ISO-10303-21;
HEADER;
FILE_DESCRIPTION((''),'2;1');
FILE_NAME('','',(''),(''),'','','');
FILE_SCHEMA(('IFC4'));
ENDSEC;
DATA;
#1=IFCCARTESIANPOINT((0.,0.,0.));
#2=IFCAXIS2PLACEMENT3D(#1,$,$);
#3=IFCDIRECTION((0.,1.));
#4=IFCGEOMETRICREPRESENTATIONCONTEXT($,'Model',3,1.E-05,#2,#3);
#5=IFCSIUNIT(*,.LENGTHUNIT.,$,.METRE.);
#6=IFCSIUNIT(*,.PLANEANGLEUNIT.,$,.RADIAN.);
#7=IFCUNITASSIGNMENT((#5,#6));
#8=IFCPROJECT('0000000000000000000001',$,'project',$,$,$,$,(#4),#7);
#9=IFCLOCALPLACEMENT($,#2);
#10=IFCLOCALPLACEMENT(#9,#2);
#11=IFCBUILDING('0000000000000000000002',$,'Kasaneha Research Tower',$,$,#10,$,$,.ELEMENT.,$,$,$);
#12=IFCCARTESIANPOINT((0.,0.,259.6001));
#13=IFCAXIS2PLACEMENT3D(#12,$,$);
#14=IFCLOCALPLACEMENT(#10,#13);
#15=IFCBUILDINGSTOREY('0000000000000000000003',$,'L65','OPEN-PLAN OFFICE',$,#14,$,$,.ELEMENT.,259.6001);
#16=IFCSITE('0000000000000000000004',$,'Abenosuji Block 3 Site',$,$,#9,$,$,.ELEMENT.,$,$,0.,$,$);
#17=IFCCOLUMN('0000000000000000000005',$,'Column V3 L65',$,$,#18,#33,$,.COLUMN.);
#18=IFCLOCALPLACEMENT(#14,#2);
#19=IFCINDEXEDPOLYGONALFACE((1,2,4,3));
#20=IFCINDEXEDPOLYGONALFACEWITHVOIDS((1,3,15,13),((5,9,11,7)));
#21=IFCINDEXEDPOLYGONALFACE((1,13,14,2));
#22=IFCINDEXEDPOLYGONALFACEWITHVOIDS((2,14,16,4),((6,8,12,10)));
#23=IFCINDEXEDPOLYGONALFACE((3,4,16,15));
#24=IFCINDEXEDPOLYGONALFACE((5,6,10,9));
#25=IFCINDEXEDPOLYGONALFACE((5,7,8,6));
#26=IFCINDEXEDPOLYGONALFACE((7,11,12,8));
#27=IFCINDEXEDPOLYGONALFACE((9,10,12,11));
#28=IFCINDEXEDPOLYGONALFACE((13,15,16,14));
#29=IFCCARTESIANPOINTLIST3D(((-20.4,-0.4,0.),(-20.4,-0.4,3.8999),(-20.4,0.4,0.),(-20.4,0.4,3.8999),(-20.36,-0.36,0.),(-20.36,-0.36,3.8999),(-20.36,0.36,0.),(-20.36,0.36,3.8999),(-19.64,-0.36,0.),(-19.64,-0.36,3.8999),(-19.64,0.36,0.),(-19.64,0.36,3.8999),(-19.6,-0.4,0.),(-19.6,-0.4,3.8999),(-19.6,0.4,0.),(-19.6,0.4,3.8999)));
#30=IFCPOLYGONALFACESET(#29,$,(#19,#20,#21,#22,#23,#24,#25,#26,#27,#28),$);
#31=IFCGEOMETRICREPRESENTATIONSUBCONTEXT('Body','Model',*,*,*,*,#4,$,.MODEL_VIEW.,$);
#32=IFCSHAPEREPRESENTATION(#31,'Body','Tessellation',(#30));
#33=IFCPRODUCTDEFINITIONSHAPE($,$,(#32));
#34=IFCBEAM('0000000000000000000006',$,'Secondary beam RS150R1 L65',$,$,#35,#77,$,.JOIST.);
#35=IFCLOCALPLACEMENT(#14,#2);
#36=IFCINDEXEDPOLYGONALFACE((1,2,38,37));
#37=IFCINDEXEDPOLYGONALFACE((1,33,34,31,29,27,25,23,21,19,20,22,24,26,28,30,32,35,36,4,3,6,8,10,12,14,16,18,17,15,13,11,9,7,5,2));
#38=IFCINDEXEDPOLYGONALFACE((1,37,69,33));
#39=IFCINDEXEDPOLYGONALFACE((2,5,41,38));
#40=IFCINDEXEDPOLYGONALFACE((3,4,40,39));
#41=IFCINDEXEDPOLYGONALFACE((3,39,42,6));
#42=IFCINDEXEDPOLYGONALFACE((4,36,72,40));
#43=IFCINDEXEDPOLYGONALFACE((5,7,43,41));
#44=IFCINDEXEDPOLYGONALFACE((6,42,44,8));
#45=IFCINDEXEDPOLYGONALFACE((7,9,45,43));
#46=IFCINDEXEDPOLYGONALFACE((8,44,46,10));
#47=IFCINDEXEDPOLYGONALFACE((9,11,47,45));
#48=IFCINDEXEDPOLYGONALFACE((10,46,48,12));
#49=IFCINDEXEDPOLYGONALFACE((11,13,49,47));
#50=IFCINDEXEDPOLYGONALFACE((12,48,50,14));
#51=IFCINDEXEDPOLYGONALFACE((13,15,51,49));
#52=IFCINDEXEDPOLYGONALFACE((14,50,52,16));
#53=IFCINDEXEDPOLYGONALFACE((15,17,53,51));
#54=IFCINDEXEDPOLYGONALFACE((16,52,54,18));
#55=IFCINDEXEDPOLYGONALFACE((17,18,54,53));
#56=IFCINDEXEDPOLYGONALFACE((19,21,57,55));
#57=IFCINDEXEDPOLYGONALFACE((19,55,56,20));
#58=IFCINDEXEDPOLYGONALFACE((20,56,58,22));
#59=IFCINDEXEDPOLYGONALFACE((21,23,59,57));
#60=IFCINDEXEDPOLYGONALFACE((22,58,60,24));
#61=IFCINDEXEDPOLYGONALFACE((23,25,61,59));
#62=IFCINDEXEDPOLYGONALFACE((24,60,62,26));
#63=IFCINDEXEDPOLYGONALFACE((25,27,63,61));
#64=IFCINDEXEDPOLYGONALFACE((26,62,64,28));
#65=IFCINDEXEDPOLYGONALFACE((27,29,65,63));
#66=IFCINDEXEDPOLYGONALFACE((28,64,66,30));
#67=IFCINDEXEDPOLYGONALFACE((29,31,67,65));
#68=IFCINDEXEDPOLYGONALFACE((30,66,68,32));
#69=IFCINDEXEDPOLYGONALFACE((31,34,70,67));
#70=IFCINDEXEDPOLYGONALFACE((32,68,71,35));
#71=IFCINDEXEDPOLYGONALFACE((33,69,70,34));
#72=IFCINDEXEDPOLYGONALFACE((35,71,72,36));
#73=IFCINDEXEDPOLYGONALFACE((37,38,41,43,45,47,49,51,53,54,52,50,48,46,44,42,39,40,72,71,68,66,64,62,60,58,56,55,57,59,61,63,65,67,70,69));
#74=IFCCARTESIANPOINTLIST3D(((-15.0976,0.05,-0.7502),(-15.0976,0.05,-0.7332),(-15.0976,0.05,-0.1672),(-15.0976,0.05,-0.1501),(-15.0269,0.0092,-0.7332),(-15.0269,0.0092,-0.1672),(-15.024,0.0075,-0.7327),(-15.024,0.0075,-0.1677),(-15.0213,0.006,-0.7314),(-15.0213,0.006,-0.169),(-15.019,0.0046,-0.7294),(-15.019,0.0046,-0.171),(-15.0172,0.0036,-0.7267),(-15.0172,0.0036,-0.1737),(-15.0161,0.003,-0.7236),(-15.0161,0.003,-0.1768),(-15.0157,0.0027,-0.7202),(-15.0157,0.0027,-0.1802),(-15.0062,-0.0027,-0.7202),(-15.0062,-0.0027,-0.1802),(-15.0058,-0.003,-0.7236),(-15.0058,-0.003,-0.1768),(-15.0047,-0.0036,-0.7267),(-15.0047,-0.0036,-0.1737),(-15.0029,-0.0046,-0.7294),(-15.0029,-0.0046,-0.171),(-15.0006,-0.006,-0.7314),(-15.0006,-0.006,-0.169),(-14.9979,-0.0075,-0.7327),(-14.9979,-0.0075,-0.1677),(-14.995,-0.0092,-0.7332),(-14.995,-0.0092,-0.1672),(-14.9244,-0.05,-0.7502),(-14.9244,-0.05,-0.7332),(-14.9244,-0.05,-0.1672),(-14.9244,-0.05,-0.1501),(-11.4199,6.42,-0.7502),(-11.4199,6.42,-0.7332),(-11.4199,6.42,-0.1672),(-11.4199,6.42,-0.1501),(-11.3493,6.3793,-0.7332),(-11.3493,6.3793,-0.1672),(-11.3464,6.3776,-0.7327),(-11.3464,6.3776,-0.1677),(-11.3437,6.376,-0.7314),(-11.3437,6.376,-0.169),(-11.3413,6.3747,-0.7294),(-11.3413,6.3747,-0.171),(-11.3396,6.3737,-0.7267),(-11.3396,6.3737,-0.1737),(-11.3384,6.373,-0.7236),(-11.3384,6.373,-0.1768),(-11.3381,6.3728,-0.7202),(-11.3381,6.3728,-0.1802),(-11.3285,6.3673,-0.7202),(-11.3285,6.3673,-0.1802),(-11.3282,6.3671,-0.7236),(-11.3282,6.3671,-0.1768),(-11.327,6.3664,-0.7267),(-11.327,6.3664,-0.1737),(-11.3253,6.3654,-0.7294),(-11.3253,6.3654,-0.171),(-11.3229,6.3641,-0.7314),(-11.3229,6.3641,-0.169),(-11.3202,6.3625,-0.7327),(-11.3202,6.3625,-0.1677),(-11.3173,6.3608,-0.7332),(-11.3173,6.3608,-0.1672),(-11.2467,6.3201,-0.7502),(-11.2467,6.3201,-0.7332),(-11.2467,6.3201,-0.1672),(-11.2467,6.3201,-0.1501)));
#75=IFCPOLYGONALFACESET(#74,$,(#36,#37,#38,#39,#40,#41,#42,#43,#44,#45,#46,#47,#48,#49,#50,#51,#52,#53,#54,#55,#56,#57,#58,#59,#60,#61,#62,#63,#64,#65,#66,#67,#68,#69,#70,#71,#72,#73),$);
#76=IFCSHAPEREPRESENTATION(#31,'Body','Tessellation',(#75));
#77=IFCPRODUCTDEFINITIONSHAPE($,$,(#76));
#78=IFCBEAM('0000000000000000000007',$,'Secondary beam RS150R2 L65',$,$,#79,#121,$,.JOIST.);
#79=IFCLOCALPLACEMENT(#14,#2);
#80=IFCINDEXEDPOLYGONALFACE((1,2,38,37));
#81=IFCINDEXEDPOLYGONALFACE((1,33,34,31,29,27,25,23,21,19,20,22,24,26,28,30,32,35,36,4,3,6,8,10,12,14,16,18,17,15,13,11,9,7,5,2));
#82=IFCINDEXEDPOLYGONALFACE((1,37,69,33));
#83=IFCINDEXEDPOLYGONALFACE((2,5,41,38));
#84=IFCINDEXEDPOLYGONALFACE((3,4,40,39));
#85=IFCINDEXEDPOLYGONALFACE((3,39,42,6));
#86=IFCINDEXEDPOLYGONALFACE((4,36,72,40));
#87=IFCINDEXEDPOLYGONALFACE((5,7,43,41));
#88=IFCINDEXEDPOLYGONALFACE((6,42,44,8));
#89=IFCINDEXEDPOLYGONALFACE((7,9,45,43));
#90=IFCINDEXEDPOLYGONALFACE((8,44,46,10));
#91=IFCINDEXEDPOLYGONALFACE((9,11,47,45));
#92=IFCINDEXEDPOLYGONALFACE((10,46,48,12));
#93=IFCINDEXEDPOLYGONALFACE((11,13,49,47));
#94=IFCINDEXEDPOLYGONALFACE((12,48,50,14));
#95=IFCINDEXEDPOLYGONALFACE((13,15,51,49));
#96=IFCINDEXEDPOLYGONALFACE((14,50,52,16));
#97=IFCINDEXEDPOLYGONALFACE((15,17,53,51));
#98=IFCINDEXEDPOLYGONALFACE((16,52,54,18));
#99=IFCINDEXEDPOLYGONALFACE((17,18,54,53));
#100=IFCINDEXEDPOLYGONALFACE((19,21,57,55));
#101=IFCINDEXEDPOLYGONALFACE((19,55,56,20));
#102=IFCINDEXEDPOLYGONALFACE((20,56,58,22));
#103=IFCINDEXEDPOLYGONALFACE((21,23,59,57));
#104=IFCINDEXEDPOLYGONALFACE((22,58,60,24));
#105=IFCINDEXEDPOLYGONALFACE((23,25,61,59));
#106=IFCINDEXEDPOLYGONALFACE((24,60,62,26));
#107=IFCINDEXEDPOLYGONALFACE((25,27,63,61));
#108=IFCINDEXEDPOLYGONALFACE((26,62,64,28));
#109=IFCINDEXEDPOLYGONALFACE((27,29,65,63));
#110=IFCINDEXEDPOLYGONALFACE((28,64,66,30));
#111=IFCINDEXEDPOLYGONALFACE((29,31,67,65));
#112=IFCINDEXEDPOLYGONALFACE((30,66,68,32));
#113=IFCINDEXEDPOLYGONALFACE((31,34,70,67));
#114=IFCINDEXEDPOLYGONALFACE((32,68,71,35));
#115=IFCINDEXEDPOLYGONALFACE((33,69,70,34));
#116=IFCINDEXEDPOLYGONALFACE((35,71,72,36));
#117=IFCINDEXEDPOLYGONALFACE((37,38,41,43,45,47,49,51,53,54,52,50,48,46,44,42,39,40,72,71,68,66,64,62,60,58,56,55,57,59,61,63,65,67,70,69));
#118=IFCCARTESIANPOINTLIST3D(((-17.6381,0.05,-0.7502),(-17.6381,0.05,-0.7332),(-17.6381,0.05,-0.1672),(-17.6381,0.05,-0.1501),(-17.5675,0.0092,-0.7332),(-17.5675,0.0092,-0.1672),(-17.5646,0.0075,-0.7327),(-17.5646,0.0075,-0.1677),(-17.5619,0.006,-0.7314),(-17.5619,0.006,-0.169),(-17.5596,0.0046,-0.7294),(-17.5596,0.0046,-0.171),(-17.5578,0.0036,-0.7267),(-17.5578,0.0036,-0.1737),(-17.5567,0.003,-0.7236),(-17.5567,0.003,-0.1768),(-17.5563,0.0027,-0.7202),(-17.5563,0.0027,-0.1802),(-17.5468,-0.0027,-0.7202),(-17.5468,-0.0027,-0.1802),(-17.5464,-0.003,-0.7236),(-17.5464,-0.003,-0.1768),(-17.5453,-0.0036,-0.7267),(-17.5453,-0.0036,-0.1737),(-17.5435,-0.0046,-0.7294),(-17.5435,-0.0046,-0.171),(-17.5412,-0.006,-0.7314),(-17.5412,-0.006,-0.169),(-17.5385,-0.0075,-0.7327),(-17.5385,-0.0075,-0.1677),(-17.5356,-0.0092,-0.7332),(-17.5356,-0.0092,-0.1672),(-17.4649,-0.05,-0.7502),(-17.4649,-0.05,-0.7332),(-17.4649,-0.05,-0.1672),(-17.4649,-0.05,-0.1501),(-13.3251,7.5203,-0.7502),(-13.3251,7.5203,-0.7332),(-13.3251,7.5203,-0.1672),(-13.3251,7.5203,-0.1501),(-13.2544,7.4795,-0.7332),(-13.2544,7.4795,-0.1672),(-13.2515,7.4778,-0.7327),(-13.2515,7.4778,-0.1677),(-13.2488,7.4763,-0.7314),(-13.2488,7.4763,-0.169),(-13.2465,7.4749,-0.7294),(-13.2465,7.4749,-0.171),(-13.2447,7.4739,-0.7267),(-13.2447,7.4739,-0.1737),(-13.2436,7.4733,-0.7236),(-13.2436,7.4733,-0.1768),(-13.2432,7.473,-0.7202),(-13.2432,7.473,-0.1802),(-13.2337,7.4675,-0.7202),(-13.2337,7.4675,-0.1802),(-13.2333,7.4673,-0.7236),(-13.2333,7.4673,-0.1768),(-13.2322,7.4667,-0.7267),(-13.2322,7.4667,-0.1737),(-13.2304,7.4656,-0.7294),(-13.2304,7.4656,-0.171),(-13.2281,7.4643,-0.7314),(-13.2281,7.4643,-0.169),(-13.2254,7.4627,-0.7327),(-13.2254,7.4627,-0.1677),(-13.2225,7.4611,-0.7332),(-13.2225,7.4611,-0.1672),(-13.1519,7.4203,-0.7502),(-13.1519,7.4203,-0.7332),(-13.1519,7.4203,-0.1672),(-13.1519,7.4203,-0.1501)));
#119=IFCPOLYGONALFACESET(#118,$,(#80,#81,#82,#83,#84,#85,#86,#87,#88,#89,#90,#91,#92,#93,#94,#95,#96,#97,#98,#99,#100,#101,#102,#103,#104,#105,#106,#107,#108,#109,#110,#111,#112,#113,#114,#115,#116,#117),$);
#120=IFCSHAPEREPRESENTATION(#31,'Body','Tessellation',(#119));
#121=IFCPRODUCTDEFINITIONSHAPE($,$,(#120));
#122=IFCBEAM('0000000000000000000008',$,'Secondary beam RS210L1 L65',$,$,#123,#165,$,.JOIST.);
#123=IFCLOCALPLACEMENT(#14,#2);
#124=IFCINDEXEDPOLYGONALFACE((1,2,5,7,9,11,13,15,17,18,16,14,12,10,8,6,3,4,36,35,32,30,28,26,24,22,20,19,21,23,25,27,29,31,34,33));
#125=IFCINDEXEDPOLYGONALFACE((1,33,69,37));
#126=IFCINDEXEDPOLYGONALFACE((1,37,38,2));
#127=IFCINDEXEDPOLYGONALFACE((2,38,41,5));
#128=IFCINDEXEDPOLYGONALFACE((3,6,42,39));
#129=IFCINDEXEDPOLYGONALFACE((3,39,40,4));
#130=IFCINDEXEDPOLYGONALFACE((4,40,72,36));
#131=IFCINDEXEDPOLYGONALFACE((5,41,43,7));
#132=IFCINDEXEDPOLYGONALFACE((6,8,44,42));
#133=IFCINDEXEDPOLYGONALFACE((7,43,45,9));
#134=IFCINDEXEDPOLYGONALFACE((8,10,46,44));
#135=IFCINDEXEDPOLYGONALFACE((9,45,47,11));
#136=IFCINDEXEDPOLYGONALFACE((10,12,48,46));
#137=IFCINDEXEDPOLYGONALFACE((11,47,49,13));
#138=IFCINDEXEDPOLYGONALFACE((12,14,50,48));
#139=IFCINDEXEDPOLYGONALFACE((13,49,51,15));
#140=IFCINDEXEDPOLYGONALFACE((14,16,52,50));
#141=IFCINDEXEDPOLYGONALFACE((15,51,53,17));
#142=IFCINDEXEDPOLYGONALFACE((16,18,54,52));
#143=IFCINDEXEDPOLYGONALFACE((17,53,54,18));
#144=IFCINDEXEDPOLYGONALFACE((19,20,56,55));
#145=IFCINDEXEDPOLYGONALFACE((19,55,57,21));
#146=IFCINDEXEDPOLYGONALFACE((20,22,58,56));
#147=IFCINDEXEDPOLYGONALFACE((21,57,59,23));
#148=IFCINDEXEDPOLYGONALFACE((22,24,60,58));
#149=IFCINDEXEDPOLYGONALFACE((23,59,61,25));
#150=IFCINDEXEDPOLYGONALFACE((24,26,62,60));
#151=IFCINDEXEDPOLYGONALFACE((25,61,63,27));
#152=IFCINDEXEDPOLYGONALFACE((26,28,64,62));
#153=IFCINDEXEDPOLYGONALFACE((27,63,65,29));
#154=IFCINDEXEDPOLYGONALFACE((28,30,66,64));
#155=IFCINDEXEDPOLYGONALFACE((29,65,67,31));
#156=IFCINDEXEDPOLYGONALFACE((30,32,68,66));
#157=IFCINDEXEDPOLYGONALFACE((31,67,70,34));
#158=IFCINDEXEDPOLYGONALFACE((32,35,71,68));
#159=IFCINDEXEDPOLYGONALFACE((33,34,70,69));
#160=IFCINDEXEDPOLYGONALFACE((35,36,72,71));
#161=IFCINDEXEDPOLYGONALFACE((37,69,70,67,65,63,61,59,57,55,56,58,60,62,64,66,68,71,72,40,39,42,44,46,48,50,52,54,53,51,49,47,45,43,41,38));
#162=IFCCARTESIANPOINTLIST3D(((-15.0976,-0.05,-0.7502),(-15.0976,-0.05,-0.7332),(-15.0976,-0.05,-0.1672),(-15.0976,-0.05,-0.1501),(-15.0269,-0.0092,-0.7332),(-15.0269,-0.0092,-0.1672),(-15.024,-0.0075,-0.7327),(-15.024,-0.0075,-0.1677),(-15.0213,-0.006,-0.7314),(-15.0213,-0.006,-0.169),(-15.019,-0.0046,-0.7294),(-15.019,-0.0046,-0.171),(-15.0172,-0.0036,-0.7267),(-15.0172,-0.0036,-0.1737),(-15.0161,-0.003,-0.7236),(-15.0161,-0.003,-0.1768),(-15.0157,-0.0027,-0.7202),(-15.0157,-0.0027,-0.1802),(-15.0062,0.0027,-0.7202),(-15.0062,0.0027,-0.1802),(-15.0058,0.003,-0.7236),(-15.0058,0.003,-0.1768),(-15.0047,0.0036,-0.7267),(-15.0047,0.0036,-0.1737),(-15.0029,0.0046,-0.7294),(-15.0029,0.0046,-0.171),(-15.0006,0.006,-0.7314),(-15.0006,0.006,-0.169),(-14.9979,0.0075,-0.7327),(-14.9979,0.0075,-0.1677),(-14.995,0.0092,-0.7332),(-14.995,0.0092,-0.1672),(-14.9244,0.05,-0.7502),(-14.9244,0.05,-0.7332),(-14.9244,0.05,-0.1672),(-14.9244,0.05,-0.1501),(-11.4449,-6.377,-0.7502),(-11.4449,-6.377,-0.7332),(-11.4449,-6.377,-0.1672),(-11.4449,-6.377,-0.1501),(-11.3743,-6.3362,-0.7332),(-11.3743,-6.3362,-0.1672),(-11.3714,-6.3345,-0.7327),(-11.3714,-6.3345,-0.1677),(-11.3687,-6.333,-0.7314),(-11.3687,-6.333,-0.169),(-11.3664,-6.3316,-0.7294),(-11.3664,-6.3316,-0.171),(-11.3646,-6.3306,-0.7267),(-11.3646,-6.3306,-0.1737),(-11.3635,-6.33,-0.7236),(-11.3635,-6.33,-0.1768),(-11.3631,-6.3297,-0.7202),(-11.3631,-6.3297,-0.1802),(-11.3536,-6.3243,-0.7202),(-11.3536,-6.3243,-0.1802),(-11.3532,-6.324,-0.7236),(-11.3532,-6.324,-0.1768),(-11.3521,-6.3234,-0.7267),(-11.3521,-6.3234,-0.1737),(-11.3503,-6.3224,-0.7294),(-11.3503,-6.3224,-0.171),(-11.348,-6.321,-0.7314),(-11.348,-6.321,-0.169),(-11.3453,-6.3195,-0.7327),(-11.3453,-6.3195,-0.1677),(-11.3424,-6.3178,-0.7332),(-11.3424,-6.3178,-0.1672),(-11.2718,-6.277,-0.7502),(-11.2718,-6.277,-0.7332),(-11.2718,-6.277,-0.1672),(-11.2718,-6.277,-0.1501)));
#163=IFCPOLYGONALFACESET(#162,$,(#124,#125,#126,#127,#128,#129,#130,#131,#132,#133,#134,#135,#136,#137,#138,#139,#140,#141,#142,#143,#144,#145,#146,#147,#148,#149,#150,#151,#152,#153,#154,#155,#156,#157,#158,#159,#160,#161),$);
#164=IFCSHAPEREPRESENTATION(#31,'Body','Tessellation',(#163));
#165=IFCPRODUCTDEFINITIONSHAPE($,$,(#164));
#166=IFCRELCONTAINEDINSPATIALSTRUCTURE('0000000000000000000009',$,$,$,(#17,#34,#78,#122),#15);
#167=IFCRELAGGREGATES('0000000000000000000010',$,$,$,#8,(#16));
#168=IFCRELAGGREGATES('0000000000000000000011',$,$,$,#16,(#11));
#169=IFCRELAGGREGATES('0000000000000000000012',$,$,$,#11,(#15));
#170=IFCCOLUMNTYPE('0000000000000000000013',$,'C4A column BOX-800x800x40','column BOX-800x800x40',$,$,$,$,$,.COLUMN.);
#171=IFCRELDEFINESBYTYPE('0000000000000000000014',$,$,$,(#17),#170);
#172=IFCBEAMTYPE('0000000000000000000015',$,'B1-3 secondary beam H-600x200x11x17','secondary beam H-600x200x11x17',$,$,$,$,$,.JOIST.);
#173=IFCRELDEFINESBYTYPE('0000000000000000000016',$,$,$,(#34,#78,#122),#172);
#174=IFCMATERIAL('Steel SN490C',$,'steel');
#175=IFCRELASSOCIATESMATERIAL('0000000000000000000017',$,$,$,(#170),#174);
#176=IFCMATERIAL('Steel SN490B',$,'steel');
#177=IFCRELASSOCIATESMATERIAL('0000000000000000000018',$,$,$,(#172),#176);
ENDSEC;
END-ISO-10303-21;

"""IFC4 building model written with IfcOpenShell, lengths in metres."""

from ifc_helpers import new_model, si_unit, direction, frame, origin, origin_2d, place, context, subcontext, project, spatial, hollow_rectangle, i_section, extrude, material, material_profile, profile_set, type_object, element, save


model = new_model("IFC4")

# Units and contexts
model_context = context("Model", 3, precision=1e-05, world=origin(), true_north=direction((0.0, 1.0)))
body_context = subcontext(model_context, "Body", "Model", "MODEL_VIEW")
ifc_project = project(units=[si_unit("LENGTHUNIT", "METRE"), si_unit("PLANEANGLEUNIT", "RADIAN")], contexts=[model_context])

# Site, building, storey
site_placement = place(None, origin())
site = spatial("IfcSite", under=ifc_project, at=site_placement, Name="Abenosuji Block 3 Site", CompositionType="ELEMENT", RefElevation=0.0)
building_placement = place(site_placement, origin())
building = spatial("IfcBuilding", under=site, at=building_placement, Name="Kasaneha Research Tower", CompositionType="ELEMENT")
storey_placement = place(building_placement, frame((0.0, 0.0, 259.6001)))
storey = spatial("IfcBuildingStorey", under=building, at=storey_placement, Name="L65", Description="OPEN-PLAN OFFICE", CompositionType="ELEMENT", Elevation=259.6001)

# Column
ifc_material_1 = material(Name="Steel SN490C", Category="steel")
ifc_material_profile_1 = material_profile(ifc_material_1, hollow_rectangle(XDim=0.8, YDim=0.8, WallThickness=0.04, at=origin_2d()), Name="BOX-800x800x40")
ifc_profile_set_1 = profile_set([ifc_material_profile_1], Name="Steel SN490C")
column_type = type_object("IfcColumnType", Name="C4A column BOX-800x800x40", Description="column BOX-800x800x40", PredefinedType="COLUMN", material=ifc_profile_set_1)
column_placement = place(storey_placement, frame((-20.0, 0.0, 0.0), z_axis=(0.0, 0.0, 1.0), x_axis=(1.0, 0.0, 0.0)))
element("IfcColumn", 1, at=column_placement, inside=storey, type_object=column_type, Name="Column V3 L65", PredefinedType="COLUMN", context=body_context, shape_type="SweptSolid", body=[
    extrude(hollow_rectangle(XDim=0.8, YDim=0.8, WallThickness=0.04, at=origin_2d()), origin(), (0.0, 0.0, 1.0), 3.8999),
])

# Beams
ifc_material_2 = material(Name="Steel SN490B", Category="steel")
ifc_material_profile_2 = material_profile(ifc_material_2, i_section(OverallWidth=0.2, OverallDepth=0.6001, WebThickness=0.011, FlangeThickness=0.0171, FilletRadius=0.0129, at=origin_2d()), Name="H-600x200x11x17")
ifc_profile_set_2 = profile_set([ifc_material_profile_2], Name="Steel SN490B")
beam_type_1 = type_object("IfcBeamType", Name="B1-3 secondary beam H-600x200x11x17", Description="secondary beam H-600x200x11x17", PredefinedType="JOIST", material=ifc_profile_set_2)
beam_1_placement = place(storey_placement, frame((-15.011, 0.0, -0.4502), z_axis=(0.499994, 0.866029, 0.0), x_axis=(-0.866029, 0.499994, 0.0)))
element("IfcBeam", 2, at=beam_1_placement, inside=storey, type_object=beam_type_1, Name="Secondary beam RS150R1 L65", PredefinedType="JOIST", context=body_context, shape_type="SweptSolid", body=[
    extrude(i_section(OverallWidth=0.2, OverallDepth=0.6001, WebThickness=0.011, FlangeThickness=0.0171, FilletRadius=0.0129, at=origin_2d()), origin(), (0.0, 0.0, 1.0), 7.3555),
])
beam_2_placement = place(storey_placement, frame((-17.5515, 0.0, -0.4502), z_axis=(0.500005, 0.866023, 0.0), x_axis=(-0.866023, 0.500005, 0.0)))
element("IfcBeam", 3, at=beam_2_placement, inside=storey, type_object=beam_type_1, Name="Secondary beam RS150R2 L65", PredefinedType="JOIST", context=body_context, shape_type="SweptSolid", body=[
    extrude(i_section(OverallWidth=0.2, OverallDepth=0.6001, WebThickness=0.011, FlangeThickness=0.0171, FilletRadius=0.0129, at=origin_2d()), origin(), (0.0, 0.0, 1.0), 8.626),
])
beam_3_placement = place(storey_placement, frame((-15.011, 0.0, -0.4502), z_axis=(0.499974, -0.86604, 0.0), x_axis=(0.86604, 0.499974, 0.0)))
element("IfcBeam", 4, at=beam_3_placement, inside=storey, type_object=beam_type_1, Name="Secondary beam RS210L1 L65", PredefinedType="JOIST", context=body_context, shape_type="SweptSolid", body=[
    extrude(i_section(OverallWidth=0.2, OverallDepth=0.6001, WebThickness=0.011, FlangeThickness=0.0171, FilletRadius=0.0129, at=origin_2d()), origin(), (0.0, 0.0, 1.0), 7.3057),
])

save(model, "model.ifc")
